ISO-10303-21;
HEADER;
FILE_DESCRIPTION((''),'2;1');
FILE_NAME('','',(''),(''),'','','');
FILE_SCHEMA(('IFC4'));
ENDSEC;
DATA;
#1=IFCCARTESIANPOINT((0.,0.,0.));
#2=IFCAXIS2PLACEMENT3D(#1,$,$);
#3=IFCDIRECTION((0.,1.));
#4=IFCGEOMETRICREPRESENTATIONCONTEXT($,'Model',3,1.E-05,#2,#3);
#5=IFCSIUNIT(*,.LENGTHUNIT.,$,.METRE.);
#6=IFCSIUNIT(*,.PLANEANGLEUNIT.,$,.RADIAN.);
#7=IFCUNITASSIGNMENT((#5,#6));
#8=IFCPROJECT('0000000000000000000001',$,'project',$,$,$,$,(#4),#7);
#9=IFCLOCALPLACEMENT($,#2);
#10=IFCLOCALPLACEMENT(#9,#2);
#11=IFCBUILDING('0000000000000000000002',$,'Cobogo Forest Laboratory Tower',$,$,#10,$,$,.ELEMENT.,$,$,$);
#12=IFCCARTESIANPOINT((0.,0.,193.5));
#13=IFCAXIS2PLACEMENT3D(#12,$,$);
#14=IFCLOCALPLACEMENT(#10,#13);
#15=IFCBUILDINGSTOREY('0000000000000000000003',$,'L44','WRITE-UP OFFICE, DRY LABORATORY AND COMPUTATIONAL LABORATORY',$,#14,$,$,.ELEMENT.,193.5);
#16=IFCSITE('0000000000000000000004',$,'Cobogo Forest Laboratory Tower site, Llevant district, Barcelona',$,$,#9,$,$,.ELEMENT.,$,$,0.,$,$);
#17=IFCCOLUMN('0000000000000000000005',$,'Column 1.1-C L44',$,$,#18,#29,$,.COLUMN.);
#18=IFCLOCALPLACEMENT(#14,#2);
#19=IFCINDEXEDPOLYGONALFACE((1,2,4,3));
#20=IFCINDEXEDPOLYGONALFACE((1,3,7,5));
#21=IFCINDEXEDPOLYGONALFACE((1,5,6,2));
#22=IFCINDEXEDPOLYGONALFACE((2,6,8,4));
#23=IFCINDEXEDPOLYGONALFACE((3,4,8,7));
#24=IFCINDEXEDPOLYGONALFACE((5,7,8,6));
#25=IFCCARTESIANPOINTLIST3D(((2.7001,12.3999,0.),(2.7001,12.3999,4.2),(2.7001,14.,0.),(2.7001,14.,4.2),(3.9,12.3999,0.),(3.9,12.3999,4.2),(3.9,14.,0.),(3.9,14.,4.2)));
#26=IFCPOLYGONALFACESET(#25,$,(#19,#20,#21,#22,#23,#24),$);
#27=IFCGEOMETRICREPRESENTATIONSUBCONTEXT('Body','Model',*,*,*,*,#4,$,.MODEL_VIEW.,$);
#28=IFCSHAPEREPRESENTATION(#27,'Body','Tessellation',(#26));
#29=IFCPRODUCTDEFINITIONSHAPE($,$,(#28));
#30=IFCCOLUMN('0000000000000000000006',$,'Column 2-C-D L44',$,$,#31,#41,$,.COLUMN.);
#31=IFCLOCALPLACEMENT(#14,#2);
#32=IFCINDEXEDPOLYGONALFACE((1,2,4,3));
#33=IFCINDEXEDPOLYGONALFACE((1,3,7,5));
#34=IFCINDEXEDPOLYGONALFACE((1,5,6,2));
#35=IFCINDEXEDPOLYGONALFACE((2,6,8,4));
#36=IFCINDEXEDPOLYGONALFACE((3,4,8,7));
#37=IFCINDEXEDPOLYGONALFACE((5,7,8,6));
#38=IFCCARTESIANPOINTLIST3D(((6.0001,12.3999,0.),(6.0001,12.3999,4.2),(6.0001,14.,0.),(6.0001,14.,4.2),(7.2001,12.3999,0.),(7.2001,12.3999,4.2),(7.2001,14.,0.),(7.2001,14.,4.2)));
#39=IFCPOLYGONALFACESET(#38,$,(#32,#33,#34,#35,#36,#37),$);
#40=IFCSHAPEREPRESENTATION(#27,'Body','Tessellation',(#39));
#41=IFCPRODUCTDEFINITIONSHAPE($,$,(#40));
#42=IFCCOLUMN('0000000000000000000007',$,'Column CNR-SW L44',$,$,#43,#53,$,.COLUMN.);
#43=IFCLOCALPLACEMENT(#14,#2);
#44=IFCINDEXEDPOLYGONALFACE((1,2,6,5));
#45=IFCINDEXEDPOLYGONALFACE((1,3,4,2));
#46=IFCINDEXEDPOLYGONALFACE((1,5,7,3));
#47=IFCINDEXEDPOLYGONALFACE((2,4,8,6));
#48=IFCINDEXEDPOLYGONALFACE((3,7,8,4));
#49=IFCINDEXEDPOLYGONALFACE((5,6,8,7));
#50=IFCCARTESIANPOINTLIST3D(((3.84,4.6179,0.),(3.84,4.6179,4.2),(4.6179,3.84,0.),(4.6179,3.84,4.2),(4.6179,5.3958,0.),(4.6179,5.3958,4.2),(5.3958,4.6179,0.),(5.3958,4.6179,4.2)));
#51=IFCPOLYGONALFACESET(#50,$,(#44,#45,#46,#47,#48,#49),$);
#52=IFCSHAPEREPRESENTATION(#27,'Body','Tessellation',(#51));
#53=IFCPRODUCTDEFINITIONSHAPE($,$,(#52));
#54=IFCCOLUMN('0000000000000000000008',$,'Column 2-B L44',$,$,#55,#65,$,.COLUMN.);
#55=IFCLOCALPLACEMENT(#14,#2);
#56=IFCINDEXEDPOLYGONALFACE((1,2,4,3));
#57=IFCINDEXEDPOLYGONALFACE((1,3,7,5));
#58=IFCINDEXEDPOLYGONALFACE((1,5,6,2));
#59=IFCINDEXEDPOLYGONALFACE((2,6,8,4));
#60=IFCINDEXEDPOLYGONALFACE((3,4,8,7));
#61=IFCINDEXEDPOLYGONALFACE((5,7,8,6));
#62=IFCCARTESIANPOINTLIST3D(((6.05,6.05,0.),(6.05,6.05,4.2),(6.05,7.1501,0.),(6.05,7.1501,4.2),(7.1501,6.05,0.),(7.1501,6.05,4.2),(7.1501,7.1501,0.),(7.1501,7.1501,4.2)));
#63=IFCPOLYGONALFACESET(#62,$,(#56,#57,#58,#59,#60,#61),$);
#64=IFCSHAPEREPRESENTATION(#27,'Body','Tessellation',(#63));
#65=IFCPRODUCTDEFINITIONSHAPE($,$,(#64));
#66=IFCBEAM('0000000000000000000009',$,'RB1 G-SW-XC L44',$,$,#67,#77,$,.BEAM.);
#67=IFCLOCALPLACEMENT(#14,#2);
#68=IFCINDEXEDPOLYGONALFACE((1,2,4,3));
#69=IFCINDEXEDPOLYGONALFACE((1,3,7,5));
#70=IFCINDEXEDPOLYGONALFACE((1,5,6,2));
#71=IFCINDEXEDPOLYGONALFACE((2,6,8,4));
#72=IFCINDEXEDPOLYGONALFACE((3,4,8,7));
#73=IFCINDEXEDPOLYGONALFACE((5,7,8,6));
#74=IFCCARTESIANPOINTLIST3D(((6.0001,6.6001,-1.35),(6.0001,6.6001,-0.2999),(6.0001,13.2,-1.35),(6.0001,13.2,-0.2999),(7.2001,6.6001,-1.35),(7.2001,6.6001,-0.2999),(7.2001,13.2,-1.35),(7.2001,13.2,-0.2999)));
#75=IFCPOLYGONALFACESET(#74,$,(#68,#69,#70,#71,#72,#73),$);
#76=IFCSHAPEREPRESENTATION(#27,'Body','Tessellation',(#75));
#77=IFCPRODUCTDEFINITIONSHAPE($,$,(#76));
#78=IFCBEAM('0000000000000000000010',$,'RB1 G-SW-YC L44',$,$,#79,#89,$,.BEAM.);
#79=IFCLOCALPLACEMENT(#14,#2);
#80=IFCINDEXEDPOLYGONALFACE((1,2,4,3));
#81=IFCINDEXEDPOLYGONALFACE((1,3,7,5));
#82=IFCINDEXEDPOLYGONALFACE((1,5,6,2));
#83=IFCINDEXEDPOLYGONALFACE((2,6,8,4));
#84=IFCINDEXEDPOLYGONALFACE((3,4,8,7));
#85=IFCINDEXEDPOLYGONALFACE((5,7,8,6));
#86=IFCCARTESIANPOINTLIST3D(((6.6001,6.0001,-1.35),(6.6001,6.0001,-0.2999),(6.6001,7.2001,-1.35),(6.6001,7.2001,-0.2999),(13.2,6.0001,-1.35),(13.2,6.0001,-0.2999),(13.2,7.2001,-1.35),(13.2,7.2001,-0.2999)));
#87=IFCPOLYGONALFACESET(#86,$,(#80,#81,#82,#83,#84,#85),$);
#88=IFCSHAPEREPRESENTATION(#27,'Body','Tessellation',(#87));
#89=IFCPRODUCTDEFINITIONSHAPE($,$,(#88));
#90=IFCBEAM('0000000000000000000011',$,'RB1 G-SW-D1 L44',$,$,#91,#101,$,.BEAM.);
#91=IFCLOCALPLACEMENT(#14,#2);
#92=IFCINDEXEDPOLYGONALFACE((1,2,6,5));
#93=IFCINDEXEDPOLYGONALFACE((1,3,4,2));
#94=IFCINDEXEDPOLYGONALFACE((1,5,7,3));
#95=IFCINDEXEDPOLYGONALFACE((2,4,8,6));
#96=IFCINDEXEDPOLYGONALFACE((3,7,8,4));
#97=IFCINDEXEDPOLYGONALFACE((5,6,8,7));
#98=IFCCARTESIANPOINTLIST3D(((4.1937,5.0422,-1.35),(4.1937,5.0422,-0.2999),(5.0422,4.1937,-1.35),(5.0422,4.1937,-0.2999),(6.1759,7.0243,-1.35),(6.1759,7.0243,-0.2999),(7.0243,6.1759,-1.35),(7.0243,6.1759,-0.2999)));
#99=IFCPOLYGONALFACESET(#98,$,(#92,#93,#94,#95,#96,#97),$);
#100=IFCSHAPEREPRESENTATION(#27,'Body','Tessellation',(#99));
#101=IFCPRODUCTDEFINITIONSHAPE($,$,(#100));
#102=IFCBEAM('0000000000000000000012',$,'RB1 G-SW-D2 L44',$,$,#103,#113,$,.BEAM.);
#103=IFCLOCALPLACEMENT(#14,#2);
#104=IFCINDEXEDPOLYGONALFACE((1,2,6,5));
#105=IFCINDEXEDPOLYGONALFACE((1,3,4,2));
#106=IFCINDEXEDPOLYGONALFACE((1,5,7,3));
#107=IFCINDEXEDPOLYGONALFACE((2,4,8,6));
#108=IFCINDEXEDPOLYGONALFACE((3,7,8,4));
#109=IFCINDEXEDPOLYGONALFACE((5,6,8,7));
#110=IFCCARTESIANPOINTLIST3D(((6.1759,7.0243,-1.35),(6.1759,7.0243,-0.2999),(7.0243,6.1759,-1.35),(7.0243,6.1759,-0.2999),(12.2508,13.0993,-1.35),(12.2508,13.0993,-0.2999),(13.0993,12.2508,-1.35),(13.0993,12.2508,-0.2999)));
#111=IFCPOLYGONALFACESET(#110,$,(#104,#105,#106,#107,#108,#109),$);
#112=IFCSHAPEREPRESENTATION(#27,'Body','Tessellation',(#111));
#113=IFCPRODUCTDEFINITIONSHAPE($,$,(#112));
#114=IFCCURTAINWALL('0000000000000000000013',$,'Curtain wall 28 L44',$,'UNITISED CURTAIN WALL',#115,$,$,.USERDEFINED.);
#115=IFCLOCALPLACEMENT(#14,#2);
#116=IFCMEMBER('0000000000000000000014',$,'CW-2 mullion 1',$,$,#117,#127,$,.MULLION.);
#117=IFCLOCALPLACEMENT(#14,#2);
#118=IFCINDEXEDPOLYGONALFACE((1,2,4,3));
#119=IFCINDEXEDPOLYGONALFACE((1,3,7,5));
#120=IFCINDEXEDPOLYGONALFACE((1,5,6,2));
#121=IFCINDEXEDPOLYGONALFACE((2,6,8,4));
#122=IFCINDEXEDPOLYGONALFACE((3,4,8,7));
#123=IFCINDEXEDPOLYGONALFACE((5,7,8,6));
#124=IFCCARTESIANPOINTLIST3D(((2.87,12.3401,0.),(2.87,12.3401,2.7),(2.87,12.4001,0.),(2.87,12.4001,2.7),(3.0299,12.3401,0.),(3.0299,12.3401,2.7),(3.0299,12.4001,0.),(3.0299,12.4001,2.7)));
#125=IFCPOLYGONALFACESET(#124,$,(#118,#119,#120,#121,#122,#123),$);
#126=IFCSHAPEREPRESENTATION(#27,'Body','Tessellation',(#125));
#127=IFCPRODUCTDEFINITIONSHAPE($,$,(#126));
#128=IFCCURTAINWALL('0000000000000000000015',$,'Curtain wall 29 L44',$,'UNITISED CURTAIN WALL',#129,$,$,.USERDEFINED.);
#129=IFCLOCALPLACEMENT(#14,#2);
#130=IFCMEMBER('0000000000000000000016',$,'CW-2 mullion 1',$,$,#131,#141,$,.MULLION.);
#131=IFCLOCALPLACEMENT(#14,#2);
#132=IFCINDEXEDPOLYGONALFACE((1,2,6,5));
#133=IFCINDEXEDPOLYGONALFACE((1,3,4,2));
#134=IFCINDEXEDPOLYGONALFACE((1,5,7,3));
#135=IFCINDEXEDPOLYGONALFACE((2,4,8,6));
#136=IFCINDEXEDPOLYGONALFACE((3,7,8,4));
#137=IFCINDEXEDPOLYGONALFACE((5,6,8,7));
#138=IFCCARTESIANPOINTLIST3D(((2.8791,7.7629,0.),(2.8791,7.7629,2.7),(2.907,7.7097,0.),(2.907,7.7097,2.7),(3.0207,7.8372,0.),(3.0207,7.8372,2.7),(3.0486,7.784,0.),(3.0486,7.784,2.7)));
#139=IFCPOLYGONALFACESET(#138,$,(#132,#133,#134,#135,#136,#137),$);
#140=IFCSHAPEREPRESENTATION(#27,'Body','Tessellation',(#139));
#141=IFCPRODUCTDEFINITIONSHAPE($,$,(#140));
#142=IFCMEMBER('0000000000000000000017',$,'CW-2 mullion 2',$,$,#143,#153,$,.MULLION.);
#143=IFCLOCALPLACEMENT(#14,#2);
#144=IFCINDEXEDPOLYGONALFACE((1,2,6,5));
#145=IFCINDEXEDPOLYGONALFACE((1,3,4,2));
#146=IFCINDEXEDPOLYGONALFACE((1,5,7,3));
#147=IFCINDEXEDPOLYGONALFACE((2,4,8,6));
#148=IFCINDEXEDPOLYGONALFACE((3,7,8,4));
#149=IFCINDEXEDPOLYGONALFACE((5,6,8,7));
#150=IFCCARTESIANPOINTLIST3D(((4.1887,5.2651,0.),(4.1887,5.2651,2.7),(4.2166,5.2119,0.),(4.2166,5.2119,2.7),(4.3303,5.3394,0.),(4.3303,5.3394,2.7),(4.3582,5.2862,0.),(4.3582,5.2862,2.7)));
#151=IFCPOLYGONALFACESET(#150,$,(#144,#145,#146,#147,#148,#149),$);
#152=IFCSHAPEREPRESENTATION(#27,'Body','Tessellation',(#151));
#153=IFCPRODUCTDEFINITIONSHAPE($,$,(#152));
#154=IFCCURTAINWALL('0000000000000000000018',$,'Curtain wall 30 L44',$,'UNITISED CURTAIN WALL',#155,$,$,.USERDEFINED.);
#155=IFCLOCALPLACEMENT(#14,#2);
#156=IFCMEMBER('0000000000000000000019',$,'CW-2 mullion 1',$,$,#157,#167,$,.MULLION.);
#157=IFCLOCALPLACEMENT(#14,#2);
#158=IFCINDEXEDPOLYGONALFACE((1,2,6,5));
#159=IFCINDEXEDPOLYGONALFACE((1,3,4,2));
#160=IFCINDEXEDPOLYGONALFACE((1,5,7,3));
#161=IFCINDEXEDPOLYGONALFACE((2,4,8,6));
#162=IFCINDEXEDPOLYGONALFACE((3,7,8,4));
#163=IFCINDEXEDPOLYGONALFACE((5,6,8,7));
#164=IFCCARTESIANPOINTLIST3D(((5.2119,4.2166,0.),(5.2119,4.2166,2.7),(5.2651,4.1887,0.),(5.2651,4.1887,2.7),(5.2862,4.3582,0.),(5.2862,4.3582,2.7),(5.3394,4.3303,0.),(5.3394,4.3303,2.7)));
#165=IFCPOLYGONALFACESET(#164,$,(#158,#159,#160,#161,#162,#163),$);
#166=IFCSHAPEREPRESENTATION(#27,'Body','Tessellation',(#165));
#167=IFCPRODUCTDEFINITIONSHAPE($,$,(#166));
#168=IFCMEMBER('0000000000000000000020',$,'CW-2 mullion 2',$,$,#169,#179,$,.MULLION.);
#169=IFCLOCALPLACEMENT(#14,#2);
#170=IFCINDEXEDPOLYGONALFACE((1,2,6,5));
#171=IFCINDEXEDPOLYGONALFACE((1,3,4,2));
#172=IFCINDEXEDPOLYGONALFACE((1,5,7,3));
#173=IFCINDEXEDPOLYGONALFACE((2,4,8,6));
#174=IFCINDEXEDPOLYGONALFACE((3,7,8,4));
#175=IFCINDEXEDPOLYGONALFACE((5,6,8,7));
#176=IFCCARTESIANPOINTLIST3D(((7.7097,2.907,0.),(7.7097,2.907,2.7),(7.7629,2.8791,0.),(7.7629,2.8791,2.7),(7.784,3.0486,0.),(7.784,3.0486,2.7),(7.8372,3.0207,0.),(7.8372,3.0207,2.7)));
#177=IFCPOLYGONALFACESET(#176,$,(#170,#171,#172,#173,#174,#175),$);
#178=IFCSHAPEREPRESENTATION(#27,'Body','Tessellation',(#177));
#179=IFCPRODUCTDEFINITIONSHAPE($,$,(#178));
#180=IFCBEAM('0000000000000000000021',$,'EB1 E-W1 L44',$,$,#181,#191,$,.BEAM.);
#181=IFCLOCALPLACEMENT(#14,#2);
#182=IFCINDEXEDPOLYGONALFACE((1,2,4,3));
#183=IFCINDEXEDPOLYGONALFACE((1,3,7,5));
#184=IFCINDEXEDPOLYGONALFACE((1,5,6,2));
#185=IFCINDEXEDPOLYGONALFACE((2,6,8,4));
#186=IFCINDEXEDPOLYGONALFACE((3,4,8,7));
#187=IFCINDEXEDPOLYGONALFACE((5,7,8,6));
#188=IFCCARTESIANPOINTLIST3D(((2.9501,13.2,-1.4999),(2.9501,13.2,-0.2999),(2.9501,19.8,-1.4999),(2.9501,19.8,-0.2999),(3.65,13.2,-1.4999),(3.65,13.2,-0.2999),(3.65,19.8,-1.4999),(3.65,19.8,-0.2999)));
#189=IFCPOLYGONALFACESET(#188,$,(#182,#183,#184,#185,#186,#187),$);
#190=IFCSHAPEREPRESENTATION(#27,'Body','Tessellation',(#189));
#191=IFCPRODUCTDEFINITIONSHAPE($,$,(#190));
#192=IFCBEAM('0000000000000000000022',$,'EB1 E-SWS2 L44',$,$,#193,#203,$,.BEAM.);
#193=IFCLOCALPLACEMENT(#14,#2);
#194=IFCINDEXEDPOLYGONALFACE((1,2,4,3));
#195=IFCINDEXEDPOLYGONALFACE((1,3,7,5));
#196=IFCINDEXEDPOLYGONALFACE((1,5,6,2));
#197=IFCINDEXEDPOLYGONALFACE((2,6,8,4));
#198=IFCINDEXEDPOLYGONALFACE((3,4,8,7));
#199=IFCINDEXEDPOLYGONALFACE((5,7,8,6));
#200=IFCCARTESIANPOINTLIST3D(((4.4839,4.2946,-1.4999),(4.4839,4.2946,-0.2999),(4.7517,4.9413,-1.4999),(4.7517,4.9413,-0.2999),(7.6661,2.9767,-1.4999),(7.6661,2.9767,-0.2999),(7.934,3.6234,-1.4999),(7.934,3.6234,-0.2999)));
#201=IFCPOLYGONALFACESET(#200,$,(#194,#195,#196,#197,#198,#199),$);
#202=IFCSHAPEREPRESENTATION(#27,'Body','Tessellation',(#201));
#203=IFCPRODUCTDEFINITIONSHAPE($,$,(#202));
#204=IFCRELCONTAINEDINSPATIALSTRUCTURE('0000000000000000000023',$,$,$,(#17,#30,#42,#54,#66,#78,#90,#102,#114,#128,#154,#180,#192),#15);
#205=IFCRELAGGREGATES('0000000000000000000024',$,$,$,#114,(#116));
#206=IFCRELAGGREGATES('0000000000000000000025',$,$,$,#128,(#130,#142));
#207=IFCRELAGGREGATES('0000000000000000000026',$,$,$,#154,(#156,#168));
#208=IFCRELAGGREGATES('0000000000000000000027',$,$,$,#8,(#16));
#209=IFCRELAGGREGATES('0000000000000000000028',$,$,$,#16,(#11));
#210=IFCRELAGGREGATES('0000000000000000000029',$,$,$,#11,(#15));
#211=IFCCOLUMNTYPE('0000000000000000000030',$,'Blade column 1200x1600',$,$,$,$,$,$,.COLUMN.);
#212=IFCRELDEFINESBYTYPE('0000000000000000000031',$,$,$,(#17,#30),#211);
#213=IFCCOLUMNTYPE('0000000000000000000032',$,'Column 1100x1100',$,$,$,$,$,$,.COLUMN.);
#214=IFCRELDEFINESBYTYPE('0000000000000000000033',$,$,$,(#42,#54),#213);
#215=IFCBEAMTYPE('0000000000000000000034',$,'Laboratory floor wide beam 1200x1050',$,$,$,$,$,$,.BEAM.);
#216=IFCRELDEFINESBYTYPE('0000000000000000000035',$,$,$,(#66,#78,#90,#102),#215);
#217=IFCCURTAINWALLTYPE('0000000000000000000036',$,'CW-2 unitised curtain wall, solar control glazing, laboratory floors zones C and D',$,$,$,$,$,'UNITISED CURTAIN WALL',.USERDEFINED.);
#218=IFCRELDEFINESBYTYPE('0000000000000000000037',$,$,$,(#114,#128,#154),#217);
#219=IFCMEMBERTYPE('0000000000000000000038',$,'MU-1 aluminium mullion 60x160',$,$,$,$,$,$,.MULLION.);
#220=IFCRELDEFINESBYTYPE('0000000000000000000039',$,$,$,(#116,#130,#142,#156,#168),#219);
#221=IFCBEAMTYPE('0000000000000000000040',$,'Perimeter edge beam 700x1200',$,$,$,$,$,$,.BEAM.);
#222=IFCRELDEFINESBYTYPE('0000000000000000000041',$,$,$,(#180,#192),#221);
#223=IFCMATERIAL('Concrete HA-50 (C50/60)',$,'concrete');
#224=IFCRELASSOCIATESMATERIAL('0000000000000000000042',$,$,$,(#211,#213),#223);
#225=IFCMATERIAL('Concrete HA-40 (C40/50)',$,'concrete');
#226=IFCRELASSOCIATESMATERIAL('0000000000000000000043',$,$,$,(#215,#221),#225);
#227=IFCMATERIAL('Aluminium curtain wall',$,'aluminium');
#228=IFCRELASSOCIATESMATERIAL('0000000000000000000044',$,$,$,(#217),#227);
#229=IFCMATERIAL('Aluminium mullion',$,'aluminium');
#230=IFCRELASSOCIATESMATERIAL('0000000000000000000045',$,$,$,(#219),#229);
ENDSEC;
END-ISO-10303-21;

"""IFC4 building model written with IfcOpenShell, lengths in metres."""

from ifc_helpers import new_model, si_unit, direction, frame, origin, origin_2d, place, context, subcontext, project, spatial, rectangle, extrude, material, material_profile, profile_set, type_object, element, aggregate, save


model = new_model("IFC4")

# Units and contexts
model_context = context("Model", 3, precision=1e-05, world=origin(), true_north=direction((0.0, 1.0)))
body_context = subcontext(model_context, "Body", "Model", "MODEL_VIEW")
ifc_project = project(units=[si_unit("LENGTHUNIT", "METRE"), si_unit("PLANEANGLEUNIT", "RADIAN")], contexts=[model_context])

# Site, building, storey
site_placement = place(None, origin())
site = spatial("IfcSite", under=ifc_project, at=site_placement, Name="Cobogo Forest Laboratory Tower site, Llevant district, Barcelona", CompositionType="ELEMENT", RefElevation=0.0)
building_placement = place(site_placement, origin())
building = spatial("IfcBuilding", under=site, at=building_placement, Name="Cobogo Forest Laboratory Tower", CompositionType="ELEMENT")
storey_placement = place(building_placement, frame((0.0, 0.0, 193.5)))
storey = spatial("IfcBuildingStorey", under=building, at=storey_placement, Name="L44", Description="WRITE-UP OFFICE, DRY LABORATORY AND COMPUTATIONAL LABORATORY", CompositionType="ELEMENT", Elevation=193.5)

# Columns
ifc_material_1 = material(Name="Concrete HA-50 (C50/60)", Category="concrete")
ifc_material_profile_1 = material_profile(ifc_material_1, rectangle(XDim=1.6001, YDim=1.2, at=origin_2d()), Name="RC 1200x1600")
ifc_profile_set_1 = profile_set([ifc_material_profile_1], Name="Concrete HA-50 (C50/60)")
column_type_1 = type_object("IfcColumnType", Name="Blade column 1200x1600", PredefinedType="COLUMN", material=ifc_profile_set_1)
for number, where, z_axis, x_axis, name in (
    (1, (3.3, 13.2, 0.0), (0.0, 0.0, 1.0), (0.0, 1.0, 0.0), "Column 1.1-C L44"),
    (2, (6.6001, 13.2, 0.0), (0.0, 0.0, 1.0), (0.0, 1.0, 0.0), "Column 2-C-D L44"),
):
    element("IfcColumn", number, at=place(storey_placement, frame(where, z_axis=z_axis, x_axis=x_axis)), inside=storey, type_object=column_type_1, Name=name, PredefinedType="COLUMN", context=body_context, shape_type="SweptSolid", body=[
        extrude(rectangle(XDim=1.6001, YDim=1.2, at=origin_2d()), origin(), (0.0, 0.0, 1.0), 4.2),
    ])
ifc_material_profile_2 = material_profile(ifc_material_1, rectangle(XDim=1.1001, YDim=1.1001, at=origin_2d()), Name="RC 1100x1100")
ifc_profile_set_2 = profile_set([ifc_material_profile_2], Name="Concrete HA-50 (C50/60)")
column_type_2 = type_object("IfcColumnType", Name="Column 1100x1100", PredefinedType="COLUMN", material=ifc_profile_set_2)
for number, where, z_axis, x_axis, name in (
    (3, (4.6179, 4.6179, 0.0), (0.0, 0.0, 1.0), (0.707107, 0.707107, 0.0), "Column CNR-SW L44"),
    (4, (6.6001, 6.6001, 0.0), (0.0, 0.0, 1.0), (1.0, 0.0, 0.0), "Column 2-B L44"),
):
    element("IfcColumn", number, at=place(storey_placement, frame(where, z_axis=z_axis, x_axis=x_axis)), inside=storey, type_object=column_type_2, Name=name, PredefinedType="COLUMN", context=body_context, shape_type="SweptSolid", body=[
        extrude(rectangle(XDim=1.1001, YDim=1.1001, at=origin_2d()), origin(), (0.0, 0.0, 1.0), 4.2),
    ])

# Beams
ifc_material_2 = material(Name="Concrete HA-40 (C40/50)", Category="concrete")
ifc_material_profile_3 = material_profile(ifc_material_2, rectangle(XDim=1.2, YDim=1.05, at=origin_2d()), Name="RC 1200x1050")
ifc_profile_set_3 = profile_set([ifc_material_profile_3], Name="Concrete HA-40 (C40/50)")
beam_type_1 = type_object("IfcBeamType", Name="Laboratory floor wide beam 1200x1050", PredefinedType="BEAM", material=ifc_profile_set_3)
for number, where, z_axis, x_axis, name in (
    (5, (6.6001, 6.6001, -0.825), (0.0, 1.0, 0.0), (-1.0, 0.0, 0.0), "RB1 G-SW-XC L44"),
    (6, (6.6001, 6.6001, -0.825), (1.0, 0.0, 0.0), (0.0, 1.0, 0.0), "RB1 G-SW-YC L44"),
):
    element("IfcBeam", number, at=place(storey_placement, frame(where, z_axis=z_axis, x_axis=x_axis)), inside=storey, type_object=beam_type_1, Name=name, PredefinedType="BEAM", context=body_context, shape_type="SweptSolid", body=[
        extrude(rectangle(XDim=1.2, YDim=1.05, at=origin_2d()), origin(), (0.0, 0.0, 1.0), 6.5999),
    ])
beam_1_placement = place(storey_placement, frame((4.6179, 4.6179, -0.825), z_axis=(0.707107, 0.707107, 0.0), x_axis=(-0.707107, 0.707107, 0.0)))
element("IfcBeam", 7, at=beam_1_placement, inside=storey, type_object=beam_type_1, Name="RB1 G-SW-D1 L44", PredefinedType="BEAM", context=body_context, shape_type="SweptSolid", body=[
    extrude(rectangle(XDim=1.2, YDim=1.05, at=origin_2d()), origin(), (0.0, 0.0, 1.0), 2.8032),
])
beam_2_placement = place(storey_placement, frame((6.6001, 6.6001, -0.825), z_axis=(0.707107, 0.707107, 0.0), x_axis=(-0.707107, 0.707107, 0.0)))
element("IfcBeam", 8, at=beam_2_placement, inside=storey, type_object=beam_type_1, Name="RB1 G-SW-D2 L44", PredefinedType="BEAM", context=body_context, shape_type="SweptSolid", body=[
    extrude(rectangle(XDim=1.2, YDim=1.05, at=origin_2d()), origin(), (0.0, 0.0, 1.0), 8.5913),
])

# Curtain wall, member
ifc_material_3 = material(Name="Aluminium curtain wall", Category="aluminium")
curtain_wall_type = type_object("IfcCurtainWallType", Name="CW-2 unitised curtain wall, solar control glazing, laboratory floors zones C and D", ElementType="UNITISED CURTAIN WALL", PredefinedType="USERDEFINED", material=ifc_material_3)
curtain_wall_1_placement = place(storey_placement, origin())
curtain_wall_1 = element("IfcCurtainWall", 9, at=curtain_wall_1_placement, inside=storey, type_object=curtain_wall_type, Name="Curtain wall 28 L44", ObjectType="UNITISED CURTAIN WALL", PredefinedType="USERDEFINED")
ifc_material_4 = material(Name="Aluminium mullion", Category="aluminium")
ifc_material_profile_4 = material_profile(ifc_material_4, rectangle(XDim=0.0601, YDim=0.1599, at=origin_2d()), Name="AL 60x160")
ifc_profile_set_4 = profile_set([ifc_material_profile_4], Name="Aluminium mullion")
member_type_1 = type_object("IfcMemberType", Name="MU-1 aluminium mullion 60x160", PredefinedType="MULLION", material=ifc_profile_set_4)
member_1_placement = place(storey_placement, frame((2.95, 12.3701, 0.0), z_axis=(0.0, 0.0, 1.0), x_axis=(0.0, -1.0, 0.0)))
member_1 = element("IfcMember", 10, at=member_1_placement, type_object=member_type_1, Name="CW-2 mullion 1", PredefinedType="MULLION", context=body_context, shape_type="SweptSolid", body=[
    extrude(rectangle(XDim=0.0601, YDim=0.1599, at=origin_2d()), origin(), (0.0, 0.0, 1.0), 2.7),
])

# Curtain walls, members
curtain_wall_2_placement = place(storey_placement, origin())
curtain_wall_2 = element("IfcCurtainWall", 11, at=curtain_wall_2_placement, inside=storey, type_object=curtain_wall_type, Name="Curtain wall 29 L44", ObjectType="UNITISED CURTAIN WALL", PredefinedType="USERDEFINED")
member_2_placement = place(storey_placement, frame((2.9639, 7.7734, 0.0), z_axis=(0.0, 0.0, 1.0), x_axis=(0.464284, -0.885686, 0.0)))
member_2 = element("IfcMember", 12, at=member_2_placement, type_object=member_type_1, Name="CW-2 mullion 1", PredefinedType="MULLION", context=body_context, shape_type="SweptSolid", body=[
    extrude(rectangle(XDim=0.0601, YDim=0.1599, at=origin_2d()), origin(), (0.0, 0.0, 1.0), 2.7),
])
member_3_placement = place(storey_placement, frame((4.2734, 5.2756, 0.0), z_axis=(0.0, 0.0, 1.0), x_axis=(0.464284, -0.885686, 0.0)))
member_3 = element("IfcMember", 13, at=member_3_placement, type_object=member_type_1, Name="CW-2 mullion 2", PredefinedType="MULLION", context=body_context, shape_type="SweptSolid", body=[
    extrude(rectangle(XDim=0.0601, YDim=0.1599, at=origin_2d()), origin(), (0.0, 0.0, 1.0), 2.7),
])
curtain_wall_3_placement = place(storey_placement, origin())
curtain_wall_3 = element("IfcCurtainWall", 14, at=curtain_wall_3_placement, inside=storey, type_object=curtain_wall_type, Name="Curtain wall 30 L44", ObjectType="UNITISED CURTAIN WALL", PredefinedType="USERDEFINED")
member_4_placement = place(storey_placement, frame((5.2756, 4.2734, 0.0), z_axis=(0.0, 0.0, 1.0), x_axis=(0.885686, -0.464284, 0.0)))
member_4 = element("IfcMember", 15, at=member_4_placement, type_object=member_type_1, Name="CW-2 mullion 1", PredefinedType="MULLION", context=body_context, shape_type="SweptSolid", body=[
    extrude(rectangle(XDim=0.0601, YDim=0.1599, at=origin_2d()), origin(), (0.0, 0.0, 1.0), 2.7),
])
member_5_placement = place(storey_placement, frame((7.7734, 2.9639, 0.0), z_axis=(0.0, 0.0, 1.0), x_axis=(0.885686, -0.464284, 0.0)))
member_5 = element("IfcMember", 16, at=member_5_placement, type_object=member_type_1, Name="CW-2 mullion 2", PredefinedType="MULLION", context=body_context, shape_type="SweptSolid", body=[
    extrude(rectangle(XDim=0.0601, YDim=0.1599, at=origin_2d()), origin(), (0.0, 0.0, 1.0), 2.7),
])

# Beams
ifc_material_profile_5 = material_profile(ifc_material_2, rectangle(XDim=0.7, YDim=1.2, at=origin_2d()), Name="RC 700x1200")
ifc_profile_set_5 = profile_set([ifc_material_profile_5], Name="Concrete HA-40 (C40/50)")
beam_type_2 = type_object("IfcBeamType", Name="Perimeter edge beam 700x1200", PredefinedType="BEAM", material=ifc_profile_set_5)
beam_3_placement = place(storey_placement, frame((3.3, 13.2, -0.8999), z_axis=(0.0, 1.0, 0.0), x_axis=(-1.0, 0.0, 0.0)))
element("IfcBeam", 17, at=beam_3_placement, inside=storey, type_object=beam_type_2, Name="EB1 E-W1 L44", PredefinedType="BEAM", context=body_context, shape_type="SweptSolid", body=[
    extrude(rectangle(XDim=0.7, YDim=1.2, at=origin_2d()), origin(), (0.0, 0.0, 1.0), 6.6001),
])
beam_4_placement = place(storey_placement, frame((7.8, 3.3, -0.8999), z_axis=(-0.923901, 0.382631, 0.0), x_axis=(-0.382631, -0.923901, 0.0)))
element("IfcBeam", 18, at=beam_4_placement, inside=storey, type_object=beam_type_2, Name="EB1 E-SWS2 L44", PredefinedType="BEAM", context=body_context, shape_type="SweptSolid", body=[
    extrude(rectangle(XDim=0.7, YDim=1.2, at=origin_2d()), origin(), (0.0, 0.0, 1.0), 3.4443),
])

aggregate(curtain_wall_1, [member_1])
aggregate(curtain_wall_2, [member_2, member_3])
aggregate(curtain_wall_3, [member_4, member_5])

save(model, "model.ifc")
